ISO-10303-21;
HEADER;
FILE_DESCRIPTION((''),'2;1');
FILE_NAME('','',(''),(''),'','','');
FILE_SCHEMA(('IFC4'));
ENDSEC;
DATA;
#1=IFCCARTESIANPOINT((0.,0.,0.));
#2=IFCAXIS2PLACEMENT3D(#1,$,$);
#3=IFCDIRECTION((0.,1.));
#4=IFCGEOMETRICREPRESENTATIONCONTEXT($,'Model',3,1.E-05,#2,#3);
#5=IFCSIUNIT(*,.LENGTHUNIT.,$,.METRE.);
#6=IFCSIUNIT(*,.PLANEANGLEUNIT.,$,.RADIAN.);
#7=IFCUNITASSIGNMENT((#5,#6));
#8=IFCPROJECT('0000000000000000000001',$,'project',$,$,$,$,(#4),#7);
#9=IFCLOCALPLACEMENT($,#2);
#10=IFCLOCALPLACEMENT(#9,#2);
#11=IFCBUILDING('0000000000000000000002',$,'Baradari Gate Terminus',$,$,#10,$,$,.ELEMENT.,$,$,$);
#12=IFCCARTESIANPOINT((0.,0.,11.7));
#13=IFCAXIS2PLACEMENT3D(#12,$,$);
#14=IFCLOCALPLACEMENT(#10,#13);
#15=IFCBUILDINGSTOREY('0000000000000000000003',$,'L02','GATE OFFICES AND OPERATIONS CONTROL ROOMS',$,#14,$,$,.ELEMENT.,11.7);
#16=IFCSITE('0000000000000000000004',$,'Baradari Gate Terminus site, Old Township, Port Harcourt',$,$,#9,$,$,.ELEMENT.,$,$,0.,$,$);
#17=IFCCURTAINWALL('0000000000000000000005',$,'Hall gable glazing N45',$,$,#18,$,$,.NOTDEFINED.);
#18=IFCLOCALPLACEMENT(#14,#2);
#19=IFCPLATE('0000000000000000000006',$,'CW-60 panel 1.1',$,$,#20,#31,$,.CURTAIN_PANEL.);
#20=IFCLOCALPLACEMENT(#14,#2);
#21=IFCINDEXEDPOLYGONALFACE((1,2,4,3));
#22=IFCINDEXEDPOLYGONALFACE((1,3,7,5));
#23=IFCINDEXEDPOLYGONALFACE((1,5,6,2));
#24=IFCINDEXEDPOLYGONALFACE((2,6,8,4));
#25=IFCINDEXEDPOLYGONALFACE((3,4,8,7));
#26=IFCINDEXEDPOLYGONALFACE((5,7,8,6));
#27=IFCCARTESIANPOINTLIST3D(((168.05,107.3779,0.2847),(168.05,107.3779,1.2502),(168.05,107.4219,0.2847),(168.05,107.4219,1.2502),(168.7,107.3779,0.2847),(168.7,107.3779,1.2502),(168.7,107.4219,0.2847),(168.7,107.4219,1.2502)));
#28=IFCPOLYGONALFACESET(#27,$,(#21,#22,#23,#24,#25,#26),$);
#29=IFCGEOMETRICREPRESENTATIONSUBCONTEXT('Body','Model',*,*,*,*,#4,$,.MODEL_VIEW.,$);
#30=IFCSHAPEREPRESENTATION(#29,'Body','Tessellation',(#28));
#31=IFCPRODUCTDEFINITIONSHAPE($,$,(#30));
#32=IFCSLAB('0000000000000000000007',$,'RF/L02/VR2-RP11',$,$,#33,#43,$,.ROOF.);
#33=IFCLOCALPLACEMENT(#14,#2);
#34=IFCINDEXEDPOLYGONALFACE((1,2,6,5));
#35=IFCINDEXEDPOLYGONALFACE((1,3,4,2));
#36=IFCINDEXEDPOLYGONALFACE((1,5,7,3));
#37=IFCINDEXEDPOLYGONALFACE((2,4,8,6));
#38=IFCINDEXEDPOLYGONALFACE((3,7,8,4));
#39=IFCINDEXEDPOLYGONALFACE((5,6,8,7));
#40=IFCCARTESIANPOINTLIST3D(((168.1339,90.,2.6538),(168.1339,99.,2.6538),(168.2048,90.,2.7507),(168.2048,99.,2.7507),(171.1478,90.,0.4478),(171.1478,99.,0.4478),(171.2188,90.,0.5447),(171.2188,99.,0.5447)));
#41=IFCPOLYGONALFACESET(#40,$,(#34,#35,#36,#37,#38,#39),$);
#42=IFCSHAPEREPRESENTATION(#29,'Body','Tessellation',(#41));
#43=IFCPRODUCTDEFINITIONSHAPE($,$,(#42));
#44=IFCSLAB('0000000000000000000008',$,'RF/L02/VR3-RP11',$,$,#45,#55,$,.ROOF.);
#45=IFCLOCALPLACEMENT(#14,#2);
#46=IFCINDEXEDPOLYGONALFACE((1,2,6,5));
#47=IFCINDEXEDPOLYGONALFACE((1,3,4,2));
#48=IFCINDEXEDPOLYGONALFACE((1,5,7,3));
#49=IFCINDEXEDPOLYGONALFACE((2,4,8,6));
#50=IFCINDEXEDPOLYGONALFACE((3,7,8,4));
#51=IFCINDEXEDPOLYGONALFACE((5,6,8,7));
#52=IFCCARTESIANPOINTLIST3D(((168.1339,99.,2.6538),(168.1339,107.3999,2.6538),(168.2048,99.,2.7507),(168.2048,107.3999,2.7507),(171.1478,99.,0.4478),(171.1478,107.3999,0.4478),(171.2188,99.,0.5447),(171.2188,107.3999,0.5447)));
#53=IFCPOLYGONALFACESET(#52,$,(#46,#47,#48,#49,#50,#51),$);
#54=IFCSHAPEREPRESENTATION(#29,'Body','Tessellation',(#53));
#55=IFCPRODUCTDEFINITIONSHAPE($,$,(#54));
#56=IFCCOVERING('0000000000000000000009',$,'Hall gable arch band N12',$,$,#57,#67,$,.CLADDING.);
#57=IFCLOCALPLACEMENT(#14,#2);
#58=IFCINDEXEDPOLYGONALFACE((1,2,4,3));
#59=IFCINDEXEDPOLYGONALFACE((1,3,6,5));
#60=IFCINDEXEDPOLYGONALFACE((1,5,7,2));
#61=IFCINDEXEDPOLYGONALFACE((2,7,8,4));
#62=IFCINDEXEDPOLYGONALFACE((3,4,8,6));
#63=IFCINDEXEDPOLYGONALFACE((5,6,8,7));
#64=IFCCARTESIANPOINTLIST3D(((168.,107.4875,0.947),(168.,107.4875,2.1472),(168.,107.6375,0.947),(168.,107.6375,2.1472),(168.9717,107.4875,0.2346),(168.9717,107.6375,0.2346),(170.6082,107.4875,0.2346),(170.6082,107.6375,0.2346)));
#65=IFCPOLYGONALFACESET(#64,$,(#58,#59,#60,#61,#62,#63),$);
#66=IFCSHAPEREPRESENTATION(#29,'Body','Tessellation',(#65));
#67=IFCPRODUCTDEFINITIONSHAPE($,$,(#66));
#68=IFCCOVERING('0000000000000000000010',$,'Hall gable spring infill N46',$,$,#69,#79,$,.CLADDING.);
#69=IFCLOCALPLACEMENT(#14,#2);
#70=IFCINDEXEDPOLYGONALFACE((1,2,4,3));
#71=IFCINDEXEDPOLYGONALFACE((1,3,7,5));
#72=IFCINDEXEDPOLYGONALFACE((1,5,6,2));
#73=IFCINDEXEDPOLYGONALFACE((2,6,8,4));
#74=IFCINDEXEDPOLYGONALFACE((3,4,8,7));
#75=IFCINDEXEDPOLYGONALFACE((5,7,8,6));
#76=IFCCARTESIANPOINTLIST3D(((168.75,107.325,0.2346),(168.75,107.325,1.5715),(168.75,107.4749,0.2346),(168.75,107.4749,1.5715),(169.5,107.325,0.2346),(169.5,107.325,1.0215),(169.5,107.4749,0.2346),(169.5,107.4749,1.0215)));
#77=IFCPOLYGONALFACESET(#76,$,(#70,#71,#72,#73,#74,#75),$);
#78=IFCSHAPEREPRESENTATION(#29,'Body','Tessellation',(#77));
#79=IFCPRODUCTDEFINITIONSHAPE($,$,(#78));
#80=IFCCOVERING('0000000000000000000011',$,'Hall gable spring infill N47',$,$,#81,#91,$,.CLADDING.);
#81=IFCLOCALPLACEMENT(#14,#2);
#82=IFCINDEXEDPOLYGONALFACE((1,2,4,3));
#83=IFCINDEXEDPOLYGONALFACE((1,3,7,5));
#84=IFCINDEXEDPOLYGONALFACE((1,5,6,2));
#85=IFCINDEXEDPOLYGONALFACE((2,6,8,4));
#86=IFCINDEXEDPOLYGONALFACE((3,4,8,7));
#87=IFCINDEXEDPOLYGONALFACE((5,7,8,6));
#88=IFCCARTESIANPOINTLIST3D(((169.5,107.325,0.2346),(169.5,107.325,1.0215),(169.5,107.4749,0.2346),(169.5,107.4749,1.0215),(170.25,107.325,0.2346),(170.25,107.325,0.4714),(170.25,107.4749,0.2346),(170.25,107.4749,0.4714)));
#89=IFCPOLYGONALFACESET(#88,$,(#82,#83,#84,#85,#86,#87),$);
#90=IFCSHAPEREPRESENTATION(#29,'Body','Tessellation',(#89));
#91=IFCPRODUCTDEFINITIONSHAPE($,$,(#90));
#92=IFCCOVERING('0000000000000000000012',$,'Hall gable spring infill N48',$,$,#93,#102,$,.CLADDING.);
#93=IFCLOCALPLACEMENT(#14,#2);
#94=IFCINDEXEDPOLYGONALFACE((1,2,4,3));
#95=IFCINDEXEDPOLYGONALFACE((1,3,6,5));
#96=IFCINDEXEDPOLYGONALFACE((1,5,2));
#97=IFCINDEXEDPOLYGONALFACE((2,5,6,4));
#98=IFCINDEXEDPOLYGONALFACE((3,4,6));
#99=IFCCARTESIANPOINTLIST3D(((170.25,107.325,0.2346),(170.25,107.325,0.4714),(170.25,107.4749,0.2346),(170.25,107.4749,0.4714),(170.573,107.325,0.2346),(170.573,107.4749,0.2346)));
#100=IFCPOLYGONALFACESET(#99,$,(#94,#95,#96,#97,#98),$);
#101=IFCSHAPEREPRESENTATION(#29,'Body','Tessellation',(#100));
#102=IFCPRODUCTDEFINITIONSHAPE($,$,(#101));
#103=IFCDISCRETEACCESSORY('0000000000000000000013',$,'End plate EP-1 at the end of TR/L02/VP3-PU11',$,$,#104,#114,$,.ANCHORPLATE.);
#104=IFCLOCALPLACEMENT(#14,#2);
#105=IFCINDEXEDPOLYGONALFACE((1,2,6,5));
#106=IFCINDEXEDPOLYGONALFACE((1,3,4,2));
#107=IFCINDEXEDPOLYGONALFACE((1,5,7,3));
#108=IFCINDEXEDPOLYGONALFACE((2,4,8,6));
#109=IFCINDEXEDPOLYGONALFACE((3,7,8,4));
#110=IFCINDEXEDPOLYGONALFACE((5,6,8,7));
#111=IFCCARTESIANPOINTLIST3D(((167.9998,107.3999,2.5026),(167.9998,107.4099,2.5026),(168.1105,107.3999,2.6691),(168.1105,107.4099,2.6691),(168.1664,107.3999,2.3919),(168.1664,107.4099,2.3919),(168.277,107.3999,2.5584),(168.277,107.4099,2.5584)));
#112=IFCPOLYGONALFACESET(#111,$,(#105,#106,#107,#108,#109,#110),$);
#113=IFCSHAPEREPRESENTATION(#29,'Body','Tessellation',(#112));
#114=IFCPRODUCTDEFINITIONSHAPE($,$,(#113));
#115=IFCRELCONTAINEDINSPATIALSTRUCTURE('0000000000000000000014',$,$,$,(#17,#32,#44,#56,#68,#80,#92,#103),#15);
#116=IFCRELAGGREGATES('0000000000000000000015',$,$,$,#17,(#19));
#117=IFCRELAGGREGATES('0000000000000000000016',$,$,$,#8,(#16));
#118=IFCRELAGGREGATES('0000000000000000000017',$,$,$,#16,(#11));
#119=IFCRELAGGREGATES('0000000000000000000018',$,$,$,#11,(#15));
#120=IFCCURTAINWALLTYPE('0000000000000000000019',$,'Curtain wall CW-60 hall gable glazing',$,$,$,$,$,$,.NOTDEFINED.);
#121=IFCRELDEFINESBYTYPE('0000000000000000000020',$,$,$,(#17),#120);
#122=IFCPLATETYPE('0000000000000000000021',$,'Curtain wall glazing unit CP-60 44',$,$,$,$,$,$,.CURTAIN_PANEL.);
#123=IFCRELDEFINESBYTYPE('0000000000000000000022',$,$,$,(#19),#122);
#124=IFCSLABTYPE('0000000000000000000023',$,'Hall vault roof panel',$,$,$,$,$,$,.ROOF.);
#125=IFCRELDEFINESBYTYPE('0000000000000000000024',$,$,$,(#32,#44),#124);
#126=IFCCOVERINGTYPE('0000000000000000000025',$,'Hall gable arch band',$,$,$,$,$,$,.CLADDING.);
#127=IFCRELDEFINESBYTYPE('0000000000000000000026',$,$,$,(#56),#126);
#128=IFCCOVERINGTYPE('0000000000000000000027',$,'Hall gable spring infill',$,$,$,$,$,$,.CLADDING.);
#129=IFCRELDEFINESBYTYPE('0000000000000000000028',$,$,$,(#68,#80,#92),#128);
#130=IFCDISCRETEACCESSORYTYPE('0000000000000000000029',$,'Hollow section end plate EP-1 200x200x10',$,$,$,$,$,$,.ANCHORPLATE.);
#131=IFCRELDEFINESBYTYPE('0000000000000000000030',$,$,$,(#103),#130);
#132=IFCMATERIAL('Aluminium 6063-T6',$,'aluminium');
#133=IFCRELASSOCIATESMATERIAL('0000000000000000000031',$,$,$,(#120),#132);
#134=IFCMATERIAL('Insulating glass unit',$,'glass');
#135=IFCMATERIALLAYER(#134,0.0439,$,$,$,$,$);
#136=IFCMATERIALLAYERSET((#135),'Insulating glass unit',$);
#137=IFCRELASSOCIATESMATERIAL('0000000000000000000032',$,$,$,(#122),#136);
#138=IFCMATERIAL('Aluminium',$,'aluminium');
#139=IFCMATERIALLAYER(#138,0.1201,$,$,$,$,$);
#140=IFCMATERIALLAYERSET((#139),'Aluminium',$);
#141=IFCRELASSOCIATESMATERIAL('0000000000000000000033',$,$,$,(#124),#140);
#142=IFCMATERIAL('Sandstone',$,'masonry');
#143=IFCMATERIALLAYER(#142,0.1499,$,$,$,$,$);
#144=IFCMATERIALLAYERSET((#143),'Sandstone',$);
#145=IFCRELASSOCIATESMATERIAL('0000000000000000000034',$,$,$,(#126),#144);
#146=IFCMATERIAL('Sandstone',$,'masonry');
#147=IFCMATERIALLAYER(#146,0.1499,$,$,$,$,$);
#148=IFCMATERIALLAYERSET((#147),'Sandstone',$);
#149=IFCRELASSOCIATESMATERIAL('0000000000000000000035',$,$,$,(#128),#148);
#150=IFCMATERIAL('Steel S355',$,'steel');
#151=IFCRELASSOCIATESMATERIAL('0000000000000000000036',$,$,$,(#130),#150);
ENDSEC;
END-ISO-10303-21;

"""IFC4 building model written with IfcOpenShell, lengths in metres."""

from ifc_helpers import new_model, si_unit, direction, frame, origin, origin_2d, place, context, subcontext, project, spatial, polyline, rectangle, outline, extrude, material, layer, layer_set, type_object, element, aggregate, save


model = new_model("IFC4")

# Units and contexts
model_context = context("Model", 3, precision=1e-05, world=origin(), true_north=direction((0.0, 1.0)))
body_context = subcontext(model_context, "Body", "Model", "MODEL_VIEW")
ifc_project = project(units=[si_unit("LENGTHUNIT", "METRE"), si_unit("PLANEANGLEUNIT", "RADIAN")], contexts=[model_context])

# Site, building, storey
site_placement = place(None, origin())
site = spatial("IfcSite", under=ifc_project, at=site_placement, Name="Baradari Gate Terminus site, Old Township, Port Harcourt", CompositionType="ELEMENT", RefElevation=0.0)
building_placement = place(site_placement, origin())
building = spatial("IfcBuilding", under=site, at=building_placement, Name="Baradari Gate Terminus", CompositionType="ELEMENT")
storey_placement = place(building_placement, frame((0.0, 0.0, 11.7)))
storey = spatial("IfcBuildingStorey", under=building, at=storey_placement, Name="L02", Description="GATE OFFICES AND OPERATIONS CONTROL ROOMS", CompositionType="ELEMENT", Elevation=11.7)

# Shared definitions
ifc_material_1 = material(Name="Aluminium 6063-T6", Category="aluminium")
curtain_wall_type = type_object("IfcCurtainWallType", Name="Curtain wall CW-60 hall gable glazing", PredefinedType="NOTDEFINED", material=ifc_material_1)

# Curtain wall
curtain_wall_1_placement = place(storey_placement, origin())
curtain_wall_1 = element("IfcCurtainWall", 1, at=curtain_wall_1_placement, inside=storey, type_object=curtain_wall_type, Name="Hall gable glazing N45", PredefinedType="NOTDEFINED")

# Plate
ifc_material_2 = material(Name="Insulating glass unit", Category="glass")
ifc_layer_1 = layer(ifc_material_2, 0.0439)
ifc_layer_set_1 = layer_set([ifc_layer_1], Name="Insulating glass unit")
plate_type = type_object("IfcPlateType", Name="Curtain wall glazing unit CP-60 44", PredefinedType="CURTAIN_PANEL", material=ifc_layer_set_1)
plate_1_placement = place(storey_placement, frame((168.375, 107.3999, 0.2847), z_axis=(0.0, 0.0, 1.0), x_axis=(1.0, 0.0, 0.0)))
plate_1 = element("IfcPlate", 2, at=plate_1_placement, type_object=plate_type, Name="CW-60 panel 1.1", PredefinedType="CURTAIN_PANEL", context=body_context, shape_type="SweptSolid", body=[
    extrude(rectangle(XDim=0.6499, YDim=0.0439, at=origin_2d()), origin(), (0.0, 0.0, 1.0), 0.9656),
])
aggregate(curtain_wall_1, [plate_1])

# Slabs
ifc_material_3 = material(Name="Aluminium", Category="aluminium")
ifc_layer_2 = layer(ifc_material_3, 0.1201)
ifc_layer_set_2 = layer_set([ifc_layer_2], Name="Aluminium")
slab_type = type_object("IfcSlabType", Name="Hall vault roof panel", PredefinedType="ROOF", material=ifc_layer_set_2)
slab_1_placement = place(storey_placement, frame((168.2048, 90.0, 2.7507), z_axis=(0.590641, 0.0, 0.806935), x_axis=(0.0, 1.0, 0.0)))
element("IfcSlab", 3, at=slab_1_placement, inside=storey, type_object=slab_type, Name="RF/L02/VR2-RP11", PredefinedType="ROOF", context=body_context, shape_type="SweptSolid", body=[
    extrude(outline(polyline([(0.0, 0.0), (9.0, 0.0), (9.0, -3.735), (0.0, -3.735), (0.0, 0.0)])), origin(), (0.0, 0.0, -1.0), 0.1201),
])
slab_2_placement = place(storey_placement, frame((168.2048, 99.0, 2.7507), z_axis=(0.590641, 0.0, 0.806935), x_axis=(0.0, 1.0, 0.0)))
element("IfcSlab", 4, at=slab_2_placement, inside=storey, type_object=slab_type, Name="RF/L02/VR3-RP11", PredefinedType="ROOF", context=body_context, shape_type="SweptSolid", body=[
    extrude(outline(polyline([(0.0, 0.0), (8.3999, 0.0), (8.3999, -3.735), (0.0, -3.735), (0.0, 0.0)])), origin(), (0.0, 0.0, -1.0), 0.1201),
])

# Coverings
ifc_material_4 = material(Name="Sandstone", Category="masonry")
ifc_layer_3 = layer(ifc_material_4, 0.1499)
ifc_layer_set_3 = layer_set([ifc_layer_3], Name="Sandstone")
covering_type_1 = type_object("IfcCoveringType", Name="Hall gable arch band", PredefinedType="CLADDING", material=ifc_layer_set_3)
covering_1_placement = place(storey_placement, frame((168.0, 107.5625, 0.2346), z_axis=(0.0, 0.0, 1.0), x_axis=(1.0, 0.0, 0.0)))
element("IfcCovering", 5, at=covering_1_placement, inside=storey, type_object=covering_type_1, Name="Hall gable arch band N12", PredefinedType="CLADDING", context=body_context, shape_type="SweptSolid", body=[
    extrude(outline(polyline([(0.9717, 0.0), (2.6082, 0.0), (0.0, 1.9126), (0.0, 0.7124), (0.9717, 0.0)])), frame((0.0, 0.075, 0.0), z_axis=(0.0, -1.0, 0.0), x_axis=(1.0, 0.0, 0.0)), (0.0, 0.0, 1.0), 0.1499),
])
ifc_material_5 = material(Name="Sandstone", Category="masonry")
ifc_layer_4 = layer(ifc_material_5, 0.1499)
ifc_layer_set_4 = layer_set([ifc_layer_4], Name="Sandstone")
covering_type_2 = type_object("IfcCoveringType", Name="Hall gable spring infill", PredefinedType="CLADDING", material=ifc_layer_set_4)
covering_2_placement = place(storey_placement, frame((168.75, 107.3999, 0.2346), z_axis=(0.0, 0.0, 1.0), x_axis=(1.0, 0.0, 0.0)))
element("IfcCovering", 6, at=covering_2_placement, inside=storey, type_object=covering_type_2, Name="Hall gable spring infill N46", PredefinedType="CLADDING", context=body_context, shape_type="SweptSolid", body=[
    extrude(outline(polyline([(0.0, 0.0), (0.75, 0.0), (0.75, 0.7869), (0.0, 1.3369), (0.0, 0.0)])), frame((0.0, 0.075, 0.0), z_axis=(0.0, -1.0, 0.0), x_axis=(1.0, 0.0, 0.0)), (0.0, 0.0, 1.0), 0.1499),
])
covering_3_placement = place(storey_placement, frame((169.5, 107.3999, 0.2346), z_axis=(0.0, 0.0, 1.0), x_axis=(1.0, 0.0, 0.0)))
element("IfcCovering", 7, at=covering_3_placement, inside=storey, type_object=covering_type_2, Name="Hall gable spring infill N47", PredefinedType="CLADDING", context=body_context, shape_type="SweptSolid", body=[
    extrude(outline(polyline([(0.0, 0.0), (0.75, 0.0), (0.75, 0.2368), (0.0, 0.7869), (0.0, 0.0)])), frame((0.0, 0.075, 0.0), z_axis=(0.0, -1.0, 0.0), x_axis=(1.0, 0.0, 0.0)), (0.0, 0.0, 1.0), 0.1499),
])
covering_4_placement = place(storey_placement, frame((170.25, 107.3999, 0.2346), z_axis=(0.0, 0.0, 1.0), x_axis=(1.0, 0.0, 0.0)))
element("IfcCovering", 8, at=covering_4_placement, inside=storey, type_object=covering_type_2, Name="Hall gable spring infill N48", PredefinedType="CLADDING", context=body_context, shape_type="SweptSolid", body=[
    extrude(outline(polyline([(0.0, 0.0), (0.323, 0.0), (0.0, 0.2368), (0.0, 0.0)])), frame((0.0, 0.075, 0.0), z_axis=(0.0, -1.0, 0.0), x_axis=(1.0, 0.0, 0.0)), (0.0, 0.0, 1.0), 0.1499),
])

# Discrete accessory
ifc_material_6 = material(Name="Steel S355", Category="steel")
discrete_accessory_type = type_object("IfcDiscreteAccessoryType", Name="Hollow section end plate EP-1 200x200x10", PredefinedType="ANCHORPLATE", material=ifc_material_6)
discrete_accessory_placement = place(storey_placement, frame((168.1384, 107.3999, 2.5305), z_axis=(0.0, 1.0, 0.0), x_axis=(-0.832836, 0.0, 0.553519)))
element("IfcDiscreteAccessory", 9, at=discrete_accessory_placement, inside=storey, type_object=discrete_accessory_type, Name="End plate EP-1 at the end of TR/L02/VP3-PU11", PredefinedType="ANCHORPLATE", context=body_context, shape_type="SweptSolid", body=[
    extrude(rectangle(XDim=0.2, YDim=0.2, at=origin_2d()), origin(), (0.0, 0.0, 1.0), 0.01),
])

save(model, "model.ifc")
